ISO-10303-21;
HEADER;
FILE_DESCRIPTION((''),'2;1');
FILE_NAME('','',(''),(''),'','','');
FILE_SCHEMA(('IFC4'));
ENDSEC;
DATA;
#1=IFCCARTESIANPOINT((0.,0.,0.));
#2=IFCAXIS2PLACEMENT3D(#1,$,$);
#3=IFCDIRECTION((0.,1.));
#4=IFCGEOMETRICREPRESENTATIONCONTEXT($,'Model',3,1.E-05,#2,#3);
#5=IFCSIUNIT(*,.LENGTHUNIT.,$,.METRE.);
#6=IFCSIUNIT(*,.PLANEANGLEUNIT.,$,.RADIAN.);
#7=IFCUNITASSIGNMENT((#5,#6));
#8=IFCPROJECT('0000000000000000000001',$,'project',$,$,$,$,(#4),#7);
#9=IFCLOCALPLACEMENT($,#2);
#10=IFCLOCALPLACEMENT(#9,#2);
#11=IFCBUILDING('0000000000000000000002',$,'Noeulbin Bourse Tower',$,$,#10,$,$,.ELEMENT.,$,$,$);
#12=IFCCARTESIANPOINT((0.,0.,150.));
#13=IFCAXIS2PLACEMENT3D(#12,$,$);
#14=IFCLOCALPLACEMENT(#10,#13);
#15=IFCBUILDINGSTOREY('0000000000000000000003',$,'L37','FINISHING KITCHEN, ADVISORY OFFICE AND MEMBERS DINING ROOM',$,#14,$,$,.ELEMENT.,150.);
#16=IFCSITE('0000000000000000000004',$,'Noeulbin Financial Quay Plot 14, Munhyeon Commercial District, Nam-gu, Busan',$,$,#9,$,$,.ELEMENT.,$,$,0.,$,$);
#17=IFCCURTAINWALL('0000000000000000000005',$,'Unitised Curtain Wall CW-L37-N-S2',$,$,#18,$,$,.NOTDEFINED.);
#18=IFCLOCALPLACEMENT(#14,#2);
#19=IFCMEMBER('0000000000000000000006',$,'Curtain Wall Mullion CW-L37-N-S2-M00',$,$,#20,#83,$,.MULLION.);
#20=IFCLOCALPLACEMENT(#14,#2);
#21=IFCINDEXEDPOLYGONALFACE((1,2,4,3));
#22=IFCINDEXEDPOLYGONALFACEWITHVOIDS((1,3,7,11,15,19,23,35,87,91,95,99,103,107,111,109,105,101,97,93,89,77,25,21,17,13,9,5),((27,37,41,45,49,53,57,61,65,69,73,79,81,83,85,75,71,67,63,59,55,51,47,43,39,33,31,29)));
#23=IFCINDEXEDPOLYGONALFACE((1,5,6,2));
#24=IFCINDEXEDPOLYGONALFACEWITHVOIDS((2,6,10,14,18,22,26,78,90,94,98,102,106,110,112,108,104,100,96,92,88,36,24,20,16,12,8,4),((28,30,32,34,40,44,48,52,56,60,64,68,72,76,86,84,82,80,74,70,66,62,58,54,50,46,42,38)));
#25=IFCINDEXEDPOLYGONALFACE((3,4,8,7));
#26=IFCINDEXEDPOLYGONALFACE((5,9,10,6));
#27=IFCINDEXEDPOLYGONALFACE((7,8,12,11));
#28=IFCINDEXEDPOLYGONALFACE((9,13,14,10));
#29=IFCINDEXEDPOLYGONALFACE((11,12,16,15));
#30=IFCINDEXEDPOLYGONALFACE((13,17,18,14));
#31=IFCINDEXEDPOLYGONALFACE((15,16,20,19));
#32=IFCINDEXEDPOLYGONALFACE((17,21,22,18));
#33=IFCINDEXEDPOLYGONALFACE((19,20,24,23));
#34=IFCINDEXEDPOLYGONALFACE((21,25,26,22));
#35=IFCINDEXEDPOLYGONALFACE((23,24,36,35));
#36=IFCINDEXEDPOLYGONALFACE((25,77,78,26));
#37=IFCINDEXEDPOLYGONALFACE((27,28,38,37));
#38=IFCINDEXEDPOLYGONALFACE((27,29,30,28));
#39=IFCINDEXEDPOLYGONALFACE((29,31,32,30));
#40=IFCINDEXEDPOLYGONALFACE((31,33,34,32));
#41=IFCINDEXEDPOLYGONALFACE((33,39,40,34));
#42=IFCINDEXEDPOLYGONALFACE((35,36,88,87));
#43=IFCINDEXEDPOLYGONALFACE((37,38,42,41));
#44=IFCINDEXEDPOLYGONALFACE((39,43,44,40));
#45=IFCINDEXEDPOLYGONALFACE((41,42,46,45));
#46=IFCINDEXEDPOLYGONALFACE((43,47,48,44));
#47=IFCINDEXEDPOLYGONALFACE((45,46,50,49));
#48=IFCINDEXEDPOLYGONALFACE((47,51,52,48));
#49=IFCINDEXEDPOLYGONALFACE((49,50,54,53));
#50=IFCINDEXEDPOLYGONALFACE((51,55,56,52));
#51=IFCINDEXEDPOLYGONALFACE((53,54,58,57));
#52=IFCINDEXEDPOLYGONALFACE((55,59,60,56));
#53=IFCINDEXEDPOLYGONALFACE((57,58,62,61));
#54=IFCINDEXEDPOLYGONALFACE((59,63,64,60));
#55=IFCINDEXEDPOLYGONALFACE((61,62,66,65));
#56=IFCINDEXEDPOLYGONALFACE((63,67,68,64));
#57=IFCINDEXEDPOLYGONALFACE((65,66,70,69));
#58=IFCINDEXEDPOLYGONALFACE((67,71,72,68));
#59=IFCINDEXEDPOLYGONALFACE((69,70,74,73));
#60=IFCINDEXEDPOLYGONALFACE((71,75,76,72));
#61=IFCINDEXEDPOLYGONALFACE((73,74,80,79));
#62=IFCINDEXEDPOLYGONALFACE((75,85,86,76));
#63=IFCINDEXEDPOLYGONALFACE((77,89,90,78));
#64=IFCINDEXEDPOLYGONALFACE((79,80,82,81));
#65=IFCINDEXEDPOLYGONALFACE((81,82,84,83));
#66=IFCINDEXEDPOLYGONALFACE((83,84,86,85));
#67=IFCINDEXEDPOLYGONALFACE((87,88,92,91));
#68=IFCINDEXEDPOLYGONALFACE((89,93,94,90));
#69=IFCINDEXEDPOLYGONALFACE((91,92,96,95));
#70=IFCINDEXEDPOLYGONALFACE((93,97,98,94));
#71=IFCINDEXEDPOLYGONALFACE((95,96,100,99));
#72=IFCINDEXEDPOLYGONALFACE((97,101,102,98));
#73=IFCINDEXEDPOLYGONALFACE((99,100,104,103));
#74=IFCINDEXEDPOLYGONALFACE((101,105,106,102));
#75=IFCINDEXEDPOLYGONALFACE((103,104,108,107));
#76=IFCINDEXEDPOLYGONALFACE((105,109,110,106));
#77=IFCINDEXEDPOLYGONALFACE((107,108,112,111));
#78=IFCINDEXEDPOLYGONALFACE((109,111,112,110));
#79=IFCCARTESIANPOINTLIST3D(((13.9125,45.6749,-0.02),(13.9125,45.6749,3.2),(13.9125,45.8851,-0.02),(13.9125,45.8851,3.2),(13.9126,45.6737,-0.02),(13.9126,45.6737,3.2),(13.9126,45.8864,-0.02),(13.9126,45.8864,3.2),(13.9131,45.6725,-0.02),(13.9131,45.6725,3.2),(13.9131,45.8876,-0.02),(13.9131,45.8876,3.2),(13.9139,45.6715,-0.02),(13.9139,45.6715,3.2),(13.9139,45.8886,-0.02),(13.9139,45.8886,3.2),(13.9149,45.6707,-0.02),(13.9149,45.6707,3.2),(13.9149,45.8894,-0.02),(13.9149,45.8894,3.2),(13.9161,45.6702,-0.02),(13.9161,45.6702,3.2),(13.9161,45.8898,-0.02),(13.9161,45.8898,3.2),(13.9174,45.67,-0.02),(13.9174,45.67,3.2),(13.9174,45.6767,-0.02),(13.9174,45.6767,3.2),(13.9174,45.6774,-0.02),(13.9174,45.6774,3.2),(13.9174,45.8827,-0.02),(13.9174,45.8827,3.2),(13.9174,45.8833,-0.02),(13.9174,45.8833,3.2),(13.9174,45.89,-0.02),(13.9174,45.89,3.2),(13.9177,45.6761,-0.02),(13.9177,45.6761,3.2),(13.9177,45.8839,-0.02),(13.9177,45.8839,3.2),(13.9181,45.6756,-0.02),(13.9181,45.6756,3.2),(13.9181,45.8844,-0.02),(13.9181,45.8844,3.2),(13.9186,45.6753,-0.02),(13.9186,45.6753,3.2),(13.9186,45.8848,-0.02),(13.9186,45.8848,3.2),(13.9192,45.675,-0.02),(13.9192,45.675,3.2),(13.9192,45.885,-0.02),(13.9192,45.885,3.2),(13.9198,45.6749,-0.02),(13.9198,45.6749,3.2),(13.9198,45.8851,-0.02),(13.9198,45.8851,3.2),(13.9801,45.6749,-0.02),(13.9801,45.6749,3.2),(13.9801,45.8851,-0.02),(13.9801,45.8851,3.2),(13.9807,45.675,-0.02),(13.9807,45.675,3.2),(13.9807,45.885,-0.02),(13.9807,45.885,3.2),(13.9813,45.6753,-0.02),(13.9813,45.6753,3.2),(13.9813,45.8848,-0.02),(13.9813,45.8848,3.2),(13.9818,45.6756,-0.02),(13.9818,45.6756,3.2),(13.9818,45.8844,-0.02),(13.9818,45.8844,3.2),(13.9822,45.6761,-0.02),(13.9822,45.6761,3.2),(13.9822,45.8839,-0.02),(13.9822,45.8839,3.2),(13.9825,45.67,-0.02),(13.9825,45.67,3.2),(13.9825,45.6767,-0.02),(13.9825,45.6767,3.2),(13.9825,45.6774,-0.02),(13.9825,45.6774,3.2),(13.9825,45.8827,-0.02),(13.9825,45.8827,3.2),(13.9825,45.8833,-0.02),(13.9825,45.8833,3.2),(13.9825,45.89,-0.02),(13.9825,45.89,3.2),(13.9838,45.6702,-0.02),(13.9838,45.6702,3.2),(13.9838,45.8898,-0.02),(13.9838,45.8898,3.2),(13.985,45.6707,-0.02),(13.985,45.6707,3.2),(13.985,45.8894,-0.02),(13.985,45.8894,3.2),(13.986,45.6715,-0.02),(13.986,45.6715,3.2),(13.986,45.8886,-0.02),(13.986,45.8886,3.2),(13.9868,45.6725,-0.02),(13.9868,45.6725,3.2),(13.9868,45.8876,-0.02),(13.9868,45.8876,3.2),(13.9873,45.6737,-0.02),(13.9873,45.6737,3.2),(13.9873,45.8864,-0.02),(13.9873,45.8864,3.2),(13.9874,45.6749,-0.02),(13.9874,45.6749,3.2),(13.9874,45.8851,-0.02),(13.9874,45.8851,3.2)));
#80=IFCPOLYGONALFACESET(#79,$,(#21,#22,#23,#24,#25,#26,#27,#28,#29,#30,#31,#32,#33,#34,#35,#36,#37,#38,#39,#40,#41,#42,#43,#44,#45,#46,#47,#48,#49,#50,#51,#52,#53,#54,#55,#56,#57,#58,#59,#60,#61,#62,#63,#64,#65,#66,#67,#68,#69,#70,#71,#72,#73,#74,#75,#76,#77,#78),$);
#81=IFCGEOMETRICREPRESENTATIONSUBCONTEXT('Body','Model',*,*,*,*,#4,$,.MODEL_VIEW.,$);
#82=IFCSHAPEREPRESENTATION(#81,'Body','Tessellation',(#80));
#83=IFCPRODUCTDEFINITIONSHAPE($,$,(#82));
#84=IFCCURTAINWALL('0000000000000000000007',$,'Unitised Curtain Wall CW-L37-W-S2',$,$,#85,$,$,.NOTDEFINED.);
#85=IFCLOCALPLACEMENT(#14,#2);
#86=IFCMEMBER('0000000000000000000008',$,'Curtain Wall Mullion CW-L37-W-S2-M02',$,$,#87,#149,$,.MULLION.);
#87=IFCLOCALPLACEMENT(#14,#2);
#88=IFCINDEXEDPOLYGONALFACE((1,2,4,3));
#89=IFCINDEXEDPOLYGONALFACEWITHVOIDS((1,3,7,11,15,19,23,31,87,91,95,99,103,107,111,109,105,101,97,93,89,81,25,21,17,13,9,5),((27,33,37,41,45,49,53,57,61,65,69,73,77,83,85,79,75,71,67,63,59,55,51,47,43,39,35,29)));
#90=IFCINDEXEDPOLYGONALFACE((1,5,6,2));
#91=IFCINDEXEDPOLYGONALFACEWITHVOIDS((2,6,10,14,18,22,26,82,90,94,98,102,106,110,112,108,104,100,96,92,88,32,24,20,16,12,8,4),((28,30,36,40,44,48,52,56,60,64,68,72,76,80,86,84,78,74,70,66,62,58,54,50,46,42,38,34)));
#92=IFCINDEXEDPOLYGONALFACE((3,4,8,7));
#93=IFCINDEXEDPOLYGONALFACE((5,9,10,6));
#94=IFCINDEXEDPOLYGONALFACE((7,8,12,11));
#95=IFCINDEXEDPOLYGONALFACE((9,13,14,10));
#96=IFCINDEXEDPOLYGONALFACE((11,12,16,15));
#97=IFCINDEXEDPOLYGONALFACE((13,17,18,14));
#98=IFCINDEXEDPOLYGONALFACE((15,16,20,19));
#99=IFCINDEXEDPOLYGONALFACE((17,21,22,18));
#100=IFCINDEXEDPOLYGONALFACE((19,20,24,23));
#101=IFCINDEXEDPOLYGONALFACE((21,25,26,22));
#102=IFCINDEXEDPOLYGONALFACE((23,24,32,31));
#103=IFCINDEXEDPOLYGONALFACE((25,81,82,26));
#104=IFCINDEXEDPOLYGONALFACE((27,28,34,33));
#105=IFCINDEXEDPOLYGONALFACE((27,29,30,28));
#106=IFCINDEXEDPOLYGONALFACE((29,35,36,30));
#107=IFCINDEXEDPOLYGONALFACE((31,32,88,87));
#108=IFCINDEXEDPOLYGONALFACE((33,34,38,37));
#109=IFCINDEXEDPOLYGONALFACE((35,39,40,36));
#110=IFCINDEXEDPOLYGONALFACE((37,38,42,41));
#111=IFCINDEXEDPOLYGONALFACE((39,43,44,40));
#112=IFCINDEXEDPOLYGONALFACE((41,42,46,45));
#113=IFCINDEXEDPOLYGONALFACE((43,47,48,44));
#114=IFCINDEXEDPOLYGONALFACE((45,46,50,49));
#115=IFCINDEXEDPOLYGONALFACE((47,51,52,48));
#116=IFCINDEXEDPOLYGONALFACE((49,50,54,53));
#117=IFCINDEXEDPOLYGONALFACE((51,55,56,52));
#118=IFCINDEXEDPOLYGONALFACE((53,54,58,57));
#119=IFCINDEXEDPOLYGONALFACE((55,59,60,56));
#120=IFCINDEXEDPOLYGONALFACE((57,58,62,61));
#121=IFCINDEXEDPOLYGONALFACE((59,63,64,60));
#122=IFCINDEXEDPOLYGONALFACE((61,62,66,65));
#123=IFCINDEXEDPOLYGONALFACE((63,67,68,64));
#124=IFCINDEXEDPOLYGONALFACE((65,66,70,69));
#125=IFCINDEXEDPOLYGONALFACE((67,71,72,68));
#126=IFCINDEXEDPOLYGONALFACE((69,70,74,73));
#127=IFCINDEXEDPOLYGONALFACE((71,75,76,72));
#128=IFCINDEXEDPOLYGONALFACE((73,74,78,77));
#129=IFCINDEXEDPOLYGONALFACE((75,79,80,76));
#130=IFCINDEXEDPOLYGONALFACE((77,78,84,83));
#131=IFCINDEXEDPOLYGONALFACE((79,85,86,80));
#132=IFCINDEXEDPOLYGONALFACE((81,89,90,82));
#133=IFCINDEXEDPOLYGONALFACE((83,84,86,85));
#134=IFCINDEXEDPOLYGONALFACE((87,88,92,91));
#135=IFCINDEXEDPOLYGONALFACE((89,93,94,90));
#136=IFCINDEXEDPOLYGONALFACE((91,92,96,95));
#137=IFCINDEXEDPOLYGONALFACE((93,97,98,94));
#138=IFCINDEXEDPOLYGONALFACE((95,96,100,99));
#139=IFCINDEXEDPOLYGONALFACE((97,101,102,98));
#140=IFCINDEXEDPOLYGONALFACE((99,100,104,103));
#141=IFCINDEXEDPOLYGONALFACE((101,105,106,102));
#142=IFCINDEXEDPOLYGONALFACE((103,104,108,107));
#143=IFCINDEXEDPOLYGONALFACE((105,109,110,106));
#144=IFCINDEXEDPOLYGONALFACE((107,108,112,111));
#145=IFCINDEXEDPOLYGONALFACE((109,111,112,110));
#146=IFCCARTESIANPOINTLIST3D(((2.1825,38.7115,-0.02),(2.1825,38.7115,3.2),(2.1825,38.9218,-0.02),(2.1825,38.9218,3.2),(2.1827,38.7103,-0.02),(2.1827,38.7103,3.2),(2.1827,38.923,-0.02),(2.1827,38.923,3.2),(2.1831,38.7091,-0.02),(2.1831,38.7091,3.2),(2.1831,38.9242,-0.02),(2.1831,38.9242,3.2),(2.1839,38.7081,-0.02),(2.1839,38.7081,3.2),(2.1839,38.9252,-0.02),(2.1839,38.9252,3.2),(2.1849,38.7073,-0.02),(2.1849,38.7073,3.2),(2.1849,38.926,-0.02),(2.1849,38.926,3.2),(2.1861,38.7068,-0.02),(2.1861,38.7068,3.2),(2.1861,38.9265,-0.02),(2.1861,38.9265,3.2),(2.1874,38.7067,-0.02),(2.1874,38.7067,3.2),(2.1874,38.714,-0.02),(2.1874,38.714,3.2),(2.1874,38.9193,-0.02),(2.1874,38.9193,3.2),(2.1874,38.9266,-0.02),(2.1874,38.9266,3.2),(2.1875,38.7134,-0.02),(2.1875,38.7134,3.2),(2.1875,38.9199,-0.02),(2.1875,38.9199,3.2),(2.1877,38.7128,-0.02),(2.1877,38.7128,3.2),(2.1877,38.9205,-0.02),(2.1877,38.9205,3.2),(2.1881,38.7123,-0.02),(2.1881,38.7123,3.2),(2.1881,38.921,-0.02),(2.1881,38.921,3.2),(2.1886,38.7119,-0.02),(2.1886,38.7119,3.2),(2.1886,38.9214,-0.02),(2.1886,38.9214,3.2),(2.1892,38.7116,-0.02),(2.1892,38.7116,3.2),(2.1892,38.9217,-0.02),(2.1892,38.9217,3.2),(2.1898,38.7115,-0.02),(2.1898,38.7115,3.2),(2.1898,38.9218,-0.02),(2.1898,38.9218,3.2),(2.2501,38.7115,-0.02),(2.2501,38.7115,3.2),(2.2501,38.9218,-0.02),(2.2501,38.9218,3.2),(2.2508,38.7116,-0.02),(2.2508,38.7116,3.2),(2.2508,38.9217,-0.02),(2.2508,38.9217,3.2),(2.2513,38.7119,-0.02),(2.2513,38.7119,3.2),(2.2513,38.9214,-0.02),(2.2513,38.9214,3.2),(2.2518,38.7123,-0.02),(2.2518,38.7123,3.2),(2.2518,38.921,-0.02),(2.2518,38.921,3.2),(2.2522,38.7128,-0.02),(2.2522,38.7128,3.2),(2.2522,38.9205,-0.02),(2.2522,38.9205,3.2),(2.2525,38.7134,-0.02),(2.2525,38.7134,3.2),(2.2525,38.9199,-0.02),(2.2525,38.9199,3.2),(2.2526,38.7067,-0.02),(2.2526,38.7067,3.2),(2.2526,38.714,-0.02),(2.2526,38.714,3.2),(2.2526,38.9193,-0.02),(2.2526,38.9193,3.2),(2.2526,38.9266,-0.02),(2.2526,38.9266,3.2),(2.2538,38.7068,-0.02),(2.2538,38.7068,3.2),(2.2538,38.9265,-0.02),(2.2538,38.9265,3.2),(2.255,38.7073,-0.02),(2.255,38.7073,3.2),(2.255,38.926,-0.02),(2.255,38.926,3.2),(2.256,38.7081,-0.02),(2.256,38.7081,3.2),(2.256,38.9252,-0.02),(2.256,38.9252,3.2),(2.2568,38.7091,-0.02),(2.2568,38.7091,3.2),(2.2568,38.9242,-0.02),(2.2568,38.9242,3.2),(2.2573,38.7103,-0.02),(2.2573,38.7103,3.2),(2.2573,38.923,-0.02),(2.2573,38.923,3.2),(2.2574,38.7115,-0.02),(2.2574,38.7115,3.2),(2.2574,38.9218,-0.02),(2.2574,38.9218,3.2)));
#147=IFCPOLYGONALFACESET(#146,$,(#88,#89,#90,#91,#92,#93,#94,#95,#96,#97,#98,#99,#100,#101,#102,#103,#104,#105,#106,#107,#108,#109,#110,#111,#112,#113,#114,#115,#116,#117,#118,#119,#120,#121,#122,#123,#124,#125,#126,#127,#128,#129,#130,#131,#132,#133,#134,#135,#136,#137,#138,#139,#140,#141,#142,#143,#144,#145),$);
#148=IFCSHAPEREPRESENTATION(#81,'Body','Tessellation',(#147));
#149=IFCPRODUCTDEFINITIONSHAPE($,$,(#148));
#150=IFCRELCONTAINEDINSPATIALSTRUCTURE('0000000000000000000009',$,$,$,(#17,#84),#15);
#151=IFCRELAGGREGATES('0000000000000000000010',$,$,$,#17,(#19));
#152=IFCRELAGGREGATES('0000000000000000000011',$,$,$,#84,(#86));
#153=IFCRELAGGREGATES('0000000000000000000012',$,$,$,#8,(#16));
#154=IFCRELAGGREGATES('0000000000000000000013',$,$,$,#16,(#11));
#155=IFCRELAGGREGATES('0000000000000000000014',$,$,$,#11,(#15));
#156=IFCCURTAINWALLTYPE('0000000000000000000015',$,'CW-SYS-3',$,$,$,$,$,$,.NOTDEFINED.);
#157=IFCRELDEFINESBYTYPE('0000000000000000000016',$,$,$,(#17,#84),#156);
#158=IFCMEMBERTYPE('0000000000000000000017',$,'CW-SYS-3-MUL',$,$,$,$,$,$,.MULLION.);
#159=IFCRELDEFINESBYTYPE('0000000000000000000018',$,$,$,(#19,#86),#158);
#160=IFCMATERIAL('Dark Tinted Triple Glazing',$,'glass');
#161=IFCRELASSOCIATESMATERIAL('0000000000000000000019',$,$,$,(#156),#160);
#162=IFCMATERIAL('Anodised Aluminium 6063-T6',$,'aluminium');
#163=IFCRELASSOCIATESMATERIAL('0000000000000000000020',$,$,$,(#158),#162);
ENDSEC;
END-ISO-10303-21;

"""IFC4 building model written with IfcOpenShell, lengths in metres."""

from ifc_helpers import new_model, si_unit, direction, frame, origin, origin_2d, place, context, subcontext, project, spatial, hollow_rectangle, extrude, material, material_profile, profile_set, type_object, element, aggregate, save


model = new_model("IFC4")

# Units and contexts
model_context = context("Model", 3, precision=1e-05, world=origin(), true_north=direction((0.0, 1.0)))
body_context = subcontext(model_context, "Body", "Model", "MODEL_VIEW")
ifc_project = project(units=[si_unit("LENGTHUNIT", "METRE"), si_unit("PLANEANGLEUNIT", "RADIAN")], contexts=[model_context])

# Site, building, storey
site_placement = place(None, origin())
site = spatial("IfcSite", under=ifc_project, at=site_placement, Name="Noeulbin Financial Quay Plot 14, Munhyeon Commercial District, Nam-gu, Busan", CompositionType="ELEMENT", RefElevation=0.0)
building_placement = place(site_placement, origin())
building = spatial("IfcBuilding", under=site, at=building_placement, Name="Noeulbin Bourse Tower", CompositionType="ELEMENT")
storey_placement = place(building_placement, frame((0.0, 0.0, 150.0)))
storey = spatial("IfcBuildingStorey", under=building, at=storey_placement, Name="L37", Description="FINISHING KITCHEN, ADVISORY OFFICE AND MEMBERS DINING ROOM", CompositionType="ELEMENT", Elevation=150.0)

# Shared definitions
ifc_material_1 = material(Name="Dark Tinted Triple Glazing", Category="glass")
curtain_wall_type = type_object("IfcCurtainWallType", Name="CW-SYS-3", PredefinedType="NOTDEFINED", material=ifc_material_1)
ifc_material_2 = material(Name="Anodised Aluminium 6063-T6", Category="aluminium")
ifc_material_profile_1 = material_profile(ifc_material_2, hollow_rectangle(XDim=0.075, YDim=0.22, WallThickness=0.0049, InnerFilletRadius=0.0024, OuterFilletRadius=0.0049, at=origin_2d()), Name="ALU-MULL-75x220x5", Category="LoadBearing")
ifc_profile_set_1 = profile_set([ifc_material_profile_1], Name="Anodised Aluminium 6063-T6")
member_type_1 = type_object("IfcMemberType", Name="CW-SYS-3-MUL", PredefinedType="MULLION", material=ifc_profile_set_1)

# Curtain wall, member
curtain_wall_1_placement = place(storey_placement, origin())
curtain_wall_1 = element("IfcCurtainWall", 1, at=curtain_wall_1_placement, inside=storey, type_object=curtain_wall_type, Name="Unitised Curtain Wall CW-L37-N-S2", PredefinedType="NOTDEFINED")
member_1_placement = place(storey_placement, frame((13.95, 45.78, -0.02), z_axis=(0.0, 0.0, 1.0), x_axis=(1.0, 0.0, 0.0)))
member_1 = element("IfcMember", 2, at=member_1_placement, type_object=member_type_1, Name="Curtain Wall Mullion CW-L37-N-S2-M00", PredefinedType="MULLION", context=body_context, shape_type="SweptSolid", body=[
    extrude(hollow_rectangle(XDim=0.075, YDim=0.22, WallThickness=0.0049, InnerFilletRadius=0.0024, OuterFilletRadius=0.0049, at=origin_2d()), origin(), (0.0, 0.0, 1.0), 3.22),
])

# Curtain wall, member
curtain_wall_2_placement = place(storey_placement, origin())
curtain_wall_2 = element("IfcCurtainWall", 3, at=curtain_wall_2_placement, inside=storey, type_object=curtain_wall_type, Name="Unitised Curtain Wall CW-L37-W-S2", PredefinedType="NOTDEFINED")
member_2_placement = place(storey_placement, frame((2.22, 38.8167, -0.02), z_axis=(0.0, 0.0, 1.0), x_axis=(1.0, 0.0, 0.0)))
member_2 = element("IfcMember", 4, at=member_2_placement, type_object=member_type_1, Name="Curtain Wall Mullion CW-L37-W-S2-M02", PredefinedType="MULLION", context=body_context, shape_type="SweptSolid", body=[
    extrude(hollow_rectangle(XDim=0.075, YDim=0.22, WallThickness=0.0049, InnerFilletRadius=0.0024, OuterFilletRadius=0.0049, at=origin_2d()), origin(), (0.0, 0.0, 1.0), 3.22),
])

aggregate(curtain_wall_1, [member_1])

aggregate(curtain_wall_2, [member_2])

save(model, "model.ifc")
